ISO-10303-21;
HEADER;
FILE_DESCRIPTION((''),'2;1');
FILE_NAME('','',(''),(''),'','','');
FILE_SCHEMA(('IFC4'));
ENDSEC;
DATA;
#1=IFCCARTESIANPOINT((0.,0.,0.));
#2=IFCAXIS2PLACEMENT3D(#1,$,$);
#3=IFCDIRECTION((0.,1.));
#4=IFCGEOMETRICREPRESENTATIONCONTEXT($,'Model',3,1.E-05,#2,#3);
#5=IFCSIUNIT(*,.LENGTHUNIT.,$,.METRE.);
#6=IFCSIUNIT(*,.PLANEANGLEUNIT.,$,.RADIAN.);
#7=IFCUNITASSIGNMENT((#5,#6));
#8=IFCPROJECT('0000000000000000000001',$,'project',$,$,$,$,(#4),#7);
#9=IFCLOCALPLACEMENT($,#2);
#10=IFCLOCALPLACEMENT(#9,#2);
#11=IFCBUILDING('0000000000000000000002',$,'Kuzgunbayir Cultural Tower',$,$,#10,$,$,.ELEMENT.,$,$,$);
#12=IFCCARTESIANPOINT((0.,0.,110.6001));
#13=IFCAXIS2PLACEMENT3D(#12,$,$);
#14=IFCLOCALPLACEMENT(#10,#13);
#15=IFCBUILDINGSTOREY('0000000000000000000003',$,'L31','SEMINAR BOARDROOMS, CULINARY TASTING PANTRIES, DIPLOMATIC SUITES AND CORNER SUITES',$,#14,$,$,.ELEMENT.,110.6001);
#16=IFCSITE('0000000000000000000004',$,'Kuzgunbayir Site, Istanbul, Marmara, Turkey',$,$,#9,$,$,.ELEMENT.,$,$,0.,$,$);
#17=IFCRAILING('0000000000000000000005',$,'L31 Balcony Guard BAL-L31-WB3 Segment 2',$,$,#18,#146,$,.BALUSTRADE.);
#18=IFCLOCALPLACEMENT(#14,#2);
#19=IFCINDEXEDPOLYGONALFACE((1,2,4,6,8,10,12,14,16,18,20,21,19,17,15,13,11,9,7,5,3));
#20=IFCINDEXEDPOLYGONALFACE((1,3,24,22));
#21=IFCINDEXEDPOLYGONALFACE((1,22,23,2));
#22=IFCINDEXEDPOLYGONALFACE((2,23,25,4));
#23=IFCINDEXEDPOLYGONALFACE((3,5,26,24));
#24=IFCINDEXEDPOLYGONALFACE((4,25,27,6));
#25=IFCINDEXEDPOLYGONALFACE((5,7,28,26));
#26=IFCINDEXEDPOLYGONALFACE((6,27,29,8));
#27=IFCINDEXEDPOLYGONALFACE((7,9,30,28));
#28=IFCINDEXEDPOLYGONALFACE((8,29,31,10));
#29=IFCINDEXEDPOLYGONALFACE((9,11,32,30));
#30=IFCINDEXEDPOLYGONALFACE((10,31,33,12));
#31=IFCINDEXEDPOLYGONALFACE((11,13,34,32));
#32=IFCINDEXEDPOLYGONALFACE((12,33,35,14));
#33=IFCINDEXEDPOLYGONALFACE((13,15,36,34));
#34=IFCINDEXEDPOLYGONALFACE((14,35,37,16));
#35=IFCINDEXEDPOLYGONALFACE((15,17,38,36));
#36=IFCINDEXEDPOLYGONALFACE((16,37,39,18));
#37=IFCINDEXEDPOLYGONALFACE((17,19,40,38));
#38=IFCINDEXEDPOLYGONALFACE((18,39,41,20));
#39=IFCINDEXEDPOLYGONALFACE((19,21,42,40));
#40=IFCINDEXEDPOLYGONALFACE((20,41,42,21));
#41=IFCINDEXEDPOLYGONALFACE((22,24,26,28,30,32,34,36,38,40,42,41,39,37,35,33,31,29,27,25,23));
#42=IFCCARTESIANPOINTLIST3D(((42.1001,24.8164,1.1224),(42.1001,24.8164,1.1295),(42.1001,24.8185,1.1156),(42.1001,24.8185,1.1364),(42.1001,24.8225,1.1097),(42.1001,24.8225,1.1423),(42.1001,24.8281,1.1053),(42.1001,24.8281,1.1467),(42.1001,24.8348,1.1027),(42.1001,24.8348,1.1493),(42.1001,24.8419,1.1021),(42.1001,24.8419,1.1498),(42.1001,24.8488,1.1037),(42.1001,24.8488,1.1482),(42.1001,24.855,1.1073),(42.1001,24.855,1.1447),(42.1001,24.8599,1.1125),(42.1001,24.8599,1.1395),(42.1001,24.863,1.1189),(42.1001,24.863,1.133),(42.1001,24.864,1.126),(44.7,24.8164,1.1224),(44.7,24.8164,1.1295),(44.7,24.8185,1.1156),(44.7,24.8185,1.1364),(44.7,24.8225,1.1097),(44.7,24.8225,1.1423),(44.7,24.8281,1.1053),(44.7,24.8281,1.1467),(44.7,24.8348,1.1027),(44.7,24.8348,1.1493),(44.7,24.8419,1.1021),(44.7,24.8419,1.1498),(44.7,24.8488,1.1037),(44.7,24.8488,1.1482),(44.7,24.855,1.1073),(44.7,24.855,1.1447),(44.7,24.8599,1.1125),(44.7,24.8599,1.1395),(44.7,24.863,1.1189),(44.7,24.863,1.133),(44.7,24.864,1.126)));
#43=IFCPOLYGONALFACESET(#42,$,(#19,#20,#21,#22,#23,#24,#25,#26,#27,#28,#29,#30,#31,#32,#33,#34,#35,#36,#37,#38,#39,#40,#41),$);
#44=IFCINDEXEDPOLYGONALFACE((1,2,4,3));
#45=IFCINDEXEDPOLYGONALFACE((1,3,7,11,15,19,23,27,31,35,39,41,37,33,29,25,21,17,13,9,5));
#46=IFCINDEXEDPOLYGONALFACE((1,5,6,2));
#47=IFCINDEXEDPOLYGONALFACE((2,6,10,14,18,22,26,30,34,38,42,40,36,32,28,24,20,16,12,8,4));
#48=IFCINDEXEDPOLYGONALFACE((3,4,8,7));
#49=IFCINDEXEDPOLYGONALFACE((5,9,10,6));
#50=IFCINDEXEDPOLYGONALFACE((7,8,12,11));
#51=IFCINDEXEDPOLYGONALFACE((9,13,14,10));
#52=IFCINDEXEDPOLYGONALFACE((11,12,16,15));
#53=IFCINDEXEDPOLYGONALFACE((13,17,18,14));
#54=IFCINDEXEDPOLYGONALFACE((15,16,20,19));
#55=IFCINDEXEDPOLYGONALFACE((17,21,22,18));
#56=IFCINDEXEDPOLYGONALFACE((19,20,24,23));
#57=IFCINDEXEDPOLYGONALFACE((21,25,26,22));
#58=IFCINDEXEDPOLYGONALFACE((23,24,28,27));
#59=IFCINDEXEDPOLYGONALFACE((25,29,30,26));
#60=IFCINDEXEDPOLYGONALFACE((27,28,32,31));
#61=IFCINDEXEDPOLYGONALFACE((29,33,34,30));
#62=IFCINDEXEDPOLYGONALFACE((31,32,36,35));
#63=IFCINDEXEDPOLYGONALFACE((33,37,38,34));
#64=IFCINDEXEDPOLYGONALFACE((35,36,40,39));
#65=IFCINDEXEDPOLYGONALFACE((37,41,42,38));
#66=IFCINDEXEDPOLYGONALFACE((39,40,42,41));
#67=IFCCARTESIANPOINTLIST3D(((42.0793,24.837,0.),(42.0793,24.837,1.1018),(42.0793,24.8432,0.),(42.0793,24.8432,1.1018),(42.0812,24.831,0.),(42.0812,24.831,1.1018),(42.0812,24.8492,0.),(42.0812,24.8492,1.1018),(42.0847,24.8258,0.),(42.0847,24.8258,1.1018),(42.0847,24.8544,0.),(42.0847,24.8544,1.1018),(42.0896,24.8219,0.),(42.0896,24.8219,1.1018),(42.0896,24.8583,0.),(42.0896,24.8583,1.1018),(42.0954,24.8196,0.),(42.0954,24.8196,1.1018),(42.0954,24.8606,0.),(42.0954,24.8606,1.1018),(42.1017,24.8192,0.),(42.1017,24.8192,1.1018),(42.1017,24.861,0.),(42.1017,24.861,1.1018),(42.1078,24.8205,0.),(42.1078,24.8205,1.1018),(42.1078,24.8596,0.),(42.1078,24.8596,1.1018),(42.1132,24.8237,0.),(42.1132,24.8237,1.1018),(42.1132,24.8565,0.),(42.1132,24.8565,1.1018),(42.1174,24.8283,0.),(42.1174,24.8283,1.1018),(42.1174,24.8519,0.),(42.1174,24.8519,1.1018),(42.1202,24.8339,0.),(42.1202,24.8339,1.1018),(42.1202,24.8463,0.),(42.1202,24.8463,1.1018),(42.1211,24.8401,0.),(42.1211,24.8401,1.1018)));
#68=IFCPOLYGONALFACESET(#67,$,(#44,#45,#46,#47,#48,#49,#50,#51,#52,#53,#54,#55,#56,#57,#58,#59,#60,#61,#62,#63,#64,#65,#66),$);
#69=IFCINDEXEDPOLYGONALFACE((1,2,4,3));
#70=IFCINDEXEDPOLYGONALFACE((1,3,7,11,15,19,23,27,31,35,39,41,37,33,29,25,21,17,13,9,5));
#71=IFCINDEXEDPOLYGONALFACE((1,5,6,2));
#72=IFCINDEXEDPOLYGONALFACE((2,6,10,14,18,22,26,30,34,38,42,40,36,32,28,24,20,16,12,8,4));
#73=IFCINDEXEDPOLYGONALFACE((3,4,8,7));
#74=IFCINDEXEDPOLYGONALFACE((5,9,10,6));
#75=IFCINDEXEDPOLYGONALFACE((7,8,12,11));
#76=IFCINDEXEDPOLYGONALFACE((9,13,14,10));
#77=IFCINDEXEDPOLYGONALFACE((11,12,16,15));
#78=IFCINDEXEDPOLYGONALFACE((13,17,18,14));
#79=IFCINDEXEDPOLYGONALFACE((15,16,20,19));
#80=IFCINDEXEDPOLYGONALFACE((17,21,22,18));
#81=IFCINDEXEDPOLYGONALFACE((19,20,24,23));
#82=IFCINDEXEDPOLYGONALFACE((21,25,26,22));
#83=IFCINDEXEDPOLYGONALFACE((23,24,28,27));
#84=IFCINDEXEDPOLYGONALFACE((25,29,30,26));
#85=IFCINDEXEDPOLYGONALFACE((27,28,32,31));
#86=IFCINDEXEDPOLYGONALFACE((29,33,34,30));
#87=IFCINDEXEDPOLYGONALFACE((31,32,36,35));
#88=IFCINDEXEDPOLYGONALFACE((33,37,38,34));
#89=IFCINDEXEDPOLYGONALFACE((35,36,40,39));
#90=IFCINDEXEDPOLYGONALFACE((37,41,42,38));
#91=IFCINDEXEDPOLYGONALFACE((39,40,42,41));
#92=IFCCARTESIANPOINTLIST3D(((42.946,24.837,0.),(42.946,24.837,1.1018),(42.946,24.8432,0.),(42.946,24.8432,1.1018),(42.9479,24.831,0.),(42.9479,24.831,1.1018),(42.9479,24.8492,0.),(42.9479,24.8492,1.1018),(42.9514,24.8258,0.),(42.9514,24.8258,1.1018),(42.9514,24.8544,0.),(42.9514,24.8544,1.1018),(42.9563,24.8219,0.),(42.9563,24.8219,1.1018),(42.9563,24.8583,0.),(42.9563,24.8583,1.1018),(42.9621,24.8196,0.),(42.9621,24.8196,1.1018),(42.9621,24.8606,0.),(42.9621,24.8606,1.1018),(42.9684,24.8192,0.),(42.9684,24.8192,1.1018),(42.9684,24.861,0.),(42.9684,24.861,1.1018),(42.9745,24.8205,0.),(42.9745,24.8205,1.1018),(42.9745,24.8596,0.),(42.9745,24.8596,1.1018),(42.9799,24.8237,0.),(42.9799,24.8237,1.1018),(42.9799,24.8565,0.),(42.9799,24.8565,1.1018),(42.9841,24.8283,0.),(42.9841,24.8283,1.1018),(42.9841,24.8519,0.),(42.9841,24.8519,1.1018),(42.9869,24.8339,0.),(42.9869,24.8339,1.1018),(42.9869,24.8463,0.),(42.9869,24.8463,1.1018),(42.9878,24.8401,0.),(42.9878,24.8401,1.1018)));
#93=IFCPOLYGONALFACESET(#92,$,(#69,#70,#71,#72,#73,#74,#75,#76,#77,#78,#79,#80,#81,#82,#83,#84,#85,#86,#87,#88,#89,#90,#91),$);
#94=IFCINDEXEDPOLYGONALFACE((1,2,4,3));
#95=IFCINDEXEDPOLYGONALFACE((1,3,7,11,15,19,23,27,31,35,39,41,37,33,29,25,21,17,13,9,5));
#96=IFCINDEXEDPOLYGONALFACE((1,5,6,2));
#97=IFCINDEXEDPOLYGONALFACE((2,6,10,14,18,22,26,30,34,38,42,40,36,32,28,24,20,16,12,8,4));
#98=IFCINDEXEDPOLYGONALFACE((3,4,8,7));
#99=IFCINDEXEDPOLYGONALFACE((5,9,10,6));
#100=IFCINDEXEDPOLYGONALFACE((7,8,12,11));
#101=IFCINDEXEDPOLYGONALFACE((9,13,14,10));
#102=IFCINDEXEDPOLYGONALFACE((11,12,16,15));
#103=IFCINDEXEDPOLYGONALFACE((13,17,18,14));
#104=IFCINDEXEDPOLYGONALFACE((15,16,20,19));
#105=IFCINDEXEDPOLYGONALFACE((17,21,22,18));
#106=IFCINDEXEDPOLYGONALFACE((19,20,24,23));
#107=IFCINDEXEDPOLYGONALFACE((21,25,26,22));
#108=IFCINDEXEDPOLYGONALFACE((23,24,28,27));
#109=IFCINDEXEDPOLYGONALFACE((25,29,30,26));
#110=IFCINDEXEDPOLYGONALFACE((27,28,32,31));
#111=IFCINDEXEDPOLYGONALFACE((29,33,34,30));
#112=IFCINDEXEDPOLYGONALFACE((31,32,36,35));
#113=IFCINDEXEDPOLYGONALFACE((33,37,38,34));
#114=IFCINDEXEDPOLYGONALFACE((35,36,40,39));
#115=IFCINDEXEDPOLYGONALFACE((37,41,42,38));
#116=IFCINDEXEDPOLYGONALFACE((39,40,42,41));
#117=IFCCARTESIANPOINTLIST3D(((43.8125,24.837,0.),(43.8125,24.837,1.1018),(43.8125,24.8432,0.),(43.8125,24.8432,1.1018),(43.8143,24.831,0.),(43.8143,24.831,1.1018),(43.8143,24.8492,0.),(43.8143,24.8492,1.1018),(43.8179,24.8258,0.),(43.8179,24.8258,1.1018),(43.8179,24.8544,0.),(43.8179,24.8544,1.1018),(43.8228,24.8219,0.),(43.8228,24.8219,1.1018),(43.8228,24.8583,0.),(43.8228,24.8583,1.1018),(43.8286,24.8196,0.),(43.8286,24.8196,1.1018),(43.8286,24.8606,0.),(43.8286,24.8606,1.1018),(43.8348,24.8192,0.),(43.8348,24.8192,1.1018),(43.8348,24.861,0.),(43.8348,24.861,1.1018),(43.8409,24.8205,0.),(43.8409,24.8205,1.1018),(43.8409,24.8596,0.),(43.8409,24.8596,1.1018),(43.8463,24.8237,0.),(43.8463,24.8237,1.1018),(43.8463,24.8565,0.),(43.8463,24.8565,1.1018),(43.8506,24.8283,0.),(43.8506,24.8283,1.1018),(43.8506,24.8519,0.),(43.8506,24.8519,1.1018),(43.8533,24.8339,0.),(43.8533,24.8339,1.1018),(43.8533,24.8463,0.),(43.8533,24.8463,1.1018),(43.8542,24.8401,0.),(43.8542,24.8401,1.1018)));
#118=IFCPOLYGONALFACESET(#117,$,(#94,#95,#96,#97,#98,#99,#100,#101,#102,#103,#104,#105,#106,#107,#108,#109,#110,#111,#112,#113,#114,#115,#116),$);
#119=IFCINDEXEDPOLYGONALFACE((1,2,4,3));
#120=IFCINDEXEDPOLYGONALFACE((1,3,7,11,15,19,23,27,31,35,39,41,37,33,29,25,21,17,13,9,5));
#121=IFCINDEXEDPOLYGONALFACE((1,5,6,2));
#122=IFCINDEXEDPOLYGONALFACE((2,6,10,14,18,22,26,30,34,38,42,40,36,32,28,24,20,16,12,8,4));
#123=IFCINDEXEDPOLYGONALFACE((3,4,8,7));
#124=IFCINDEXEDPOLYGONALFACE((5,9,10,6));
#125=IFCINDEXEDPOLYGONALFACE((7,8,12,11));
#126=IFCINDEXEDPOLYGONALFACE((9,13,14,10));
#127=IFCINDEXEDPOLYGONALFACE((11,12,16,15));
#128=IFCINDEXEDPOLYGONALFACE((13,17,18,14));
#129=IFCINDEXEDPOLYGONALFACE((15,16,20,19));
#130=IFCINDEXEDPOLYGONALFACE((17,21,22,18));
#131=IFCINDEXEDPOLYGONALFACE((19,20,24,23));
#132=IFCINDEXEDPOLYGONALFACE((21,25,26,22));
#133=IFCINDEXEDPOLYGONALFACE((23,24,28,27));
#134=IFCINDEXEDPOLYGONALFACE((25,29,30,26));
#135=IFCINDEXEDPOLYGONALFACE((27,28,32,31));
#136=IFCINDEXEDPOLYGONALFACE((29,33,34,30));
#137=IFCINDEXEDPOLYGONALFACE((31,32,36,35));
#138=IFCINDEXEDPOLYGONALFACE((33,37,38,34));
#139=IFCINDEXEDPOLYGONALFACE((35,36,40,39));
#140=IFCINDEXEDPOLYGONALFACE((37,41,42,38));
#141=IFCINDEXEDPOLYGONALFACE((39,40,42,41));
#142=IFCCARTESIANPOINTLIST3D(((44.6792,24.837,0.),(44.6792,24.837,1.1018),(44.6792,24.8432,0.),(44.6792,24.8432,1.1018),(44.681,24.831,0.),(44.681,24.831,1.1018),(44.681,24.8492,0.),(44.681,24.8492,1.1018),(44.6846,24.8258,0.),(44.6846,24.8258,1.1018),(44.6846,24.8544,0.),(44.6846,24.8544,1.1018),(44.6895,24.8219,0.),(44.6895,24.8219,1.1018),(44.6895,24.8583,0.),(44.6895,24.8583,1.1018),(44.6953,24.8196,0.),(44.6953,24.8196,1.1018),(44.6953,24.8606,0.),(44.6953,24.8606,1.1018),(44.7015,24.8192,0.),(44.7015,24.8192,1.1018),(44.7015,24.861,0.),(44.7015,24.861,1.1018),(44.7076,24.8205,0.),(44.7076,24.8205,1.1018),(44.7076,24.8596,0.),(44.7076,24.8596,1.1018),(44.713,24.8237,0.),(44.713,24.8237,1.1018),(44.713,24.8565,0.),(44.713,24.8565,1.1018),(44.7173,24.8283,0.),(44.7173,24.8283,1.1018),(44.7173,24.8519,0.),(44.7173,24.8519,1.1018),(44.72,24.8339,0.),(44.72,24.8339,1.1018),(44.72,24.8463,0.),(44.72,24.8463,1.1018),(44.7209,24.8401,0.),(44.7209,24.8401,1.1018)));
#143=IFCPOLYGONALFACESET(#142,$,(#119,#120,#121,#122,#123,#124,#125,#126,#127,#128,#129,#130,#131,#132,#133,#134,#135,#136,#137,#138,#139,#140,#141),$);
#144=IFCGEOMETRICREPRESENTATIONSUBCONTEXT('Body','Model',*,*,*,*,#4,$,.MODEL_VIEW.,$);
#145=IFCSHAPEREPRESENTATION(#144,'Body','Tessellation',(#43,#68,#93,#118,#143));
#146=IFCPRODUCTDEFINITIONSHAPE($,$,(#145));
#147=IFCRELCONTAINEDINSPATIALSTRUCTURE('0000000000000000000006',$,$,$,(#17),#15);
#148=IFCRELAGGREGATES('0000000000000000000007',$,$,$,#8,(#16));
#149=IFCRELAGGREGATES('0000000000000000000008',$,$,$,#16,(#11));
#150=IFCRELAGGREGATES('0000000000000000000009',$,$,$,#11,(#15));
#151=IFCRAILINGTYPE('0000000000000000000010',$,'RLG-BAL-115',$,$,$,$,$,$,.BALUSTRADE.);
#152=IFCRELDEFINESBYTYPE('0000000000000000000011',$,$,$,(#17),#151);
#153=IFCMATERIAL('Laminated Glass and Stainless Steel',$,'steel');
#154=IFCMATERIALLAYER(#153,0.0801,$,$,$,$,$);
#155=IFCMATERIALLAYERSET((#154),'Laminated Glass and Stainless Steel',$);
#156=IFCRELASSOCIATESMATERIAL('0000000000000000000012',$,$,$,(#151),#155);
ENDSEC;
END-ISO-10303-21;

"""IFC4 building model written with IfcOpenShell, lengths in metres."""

from ifc_helpers import new_model, si_unit, direction, frame, origin, origin_2d, place, context, subcontext, project, spatial, circle, extrude, material, layer, layer_set, type_object, element, save


model = new_model("IFC4")

# Units and contexts
model_context = context("Model", 3, precision=1e-05, world=origin(), true_north=direction((0.0, 1.0)))
body_context = subcontext(model_context, "Body", "Model", "MODEL_VIEW")
ifc_project = project(units=[si_unit("LENGTHUNIT", "METRE"), si_unit("PLANEANGLEUNIT", "RADIAN")], contexts=[model_context])

# Site, building, storey
site_placement = place(None, origin())
site = spatial("IfcSite", under=ifc_project, at=site_placement, Name="Kuzgunbayir Site, Istanbul, Marmara, Turkey", CompositionType="ELEMENT", RefElevation=0.0)
building_placement = place(site_placement, origin())
building = spatial("IfcBuilding", under=site, at=building_placement, Name="Kuzgunbayir Cultural Tower", CompositionType="ELEMENT")
storey_placement = place(building_placement, frame((0.0, 0.0, 110.6001)))
storey = spatial("IfcBuildingStorey", under=building, at=storey_placement, Name="L31", Description="SEMINAR BOARDROOMS, CULINARY TASTING PANTRIES, DIPLOMATIC SUITES AND CORNER SUITES", CompositionType="ELEMENT", Elevation=110.6001)

# Railing
ifc_material_1 = material(Name="Laminated Glass and Stainless Steel", Category="steel")
ifc_layer_1 = layer(ifc_material_1, 0.0801)
ifc_layer_set_1 = layer_set([ifc_layer_1], Name="Laminated Glass and Stainless Steel")
railing_type = type_object("IfcRailingType", Name="RLG-BAL-115", PredefinedType="BALUSTRADE", material=ifc_layer_set_1)
railing_1_placement = place(storey_placement, frame((42.1001, 24.8401, 0.0)))
element("IfcRailing", 1, at=railing_1_placement, inside=storey, type_object=railing_type, Name="L31 Balcony Guard BAL-L31-WB3 Segment 2", PredefinedType="BALUSTRADE", context=body_context, shape_type="SweptSolid", body=[
    extrude(circle(Radius=0.0239, at=origin_2d()), frame((0.0, 0.0, 1.126), z_axis=(1.0, 0.0, 0.0), x_axis=(0.0, 1.0, 0.0)), (0.0, 0.0, 1.0), 2.5999),
    extrude(circle(Radius=0.021, at=origin_2d()), origin(), (0.0, 0.0, 1.0), 1.1018),
    extrude(circle(Radius=0.021, at=origin_2d()), frame((0.8667, 0.0, 0.0)), (0.0, 0.0, 1.0), 1.1018),
    extrude(circle(Radius=0.021, at=origin_2d()), frame((1.7332, 0.0, 0.0)), (0.0, 0.0, 1.0), 1.1018),
    extrude(circle(Radius=0.021, at=origin_2d()), frame((2.5999, 0.0, 0.0)), (0.0, 0.0, 1.0), 1.1018),
])

save(model, "model.ifc")
